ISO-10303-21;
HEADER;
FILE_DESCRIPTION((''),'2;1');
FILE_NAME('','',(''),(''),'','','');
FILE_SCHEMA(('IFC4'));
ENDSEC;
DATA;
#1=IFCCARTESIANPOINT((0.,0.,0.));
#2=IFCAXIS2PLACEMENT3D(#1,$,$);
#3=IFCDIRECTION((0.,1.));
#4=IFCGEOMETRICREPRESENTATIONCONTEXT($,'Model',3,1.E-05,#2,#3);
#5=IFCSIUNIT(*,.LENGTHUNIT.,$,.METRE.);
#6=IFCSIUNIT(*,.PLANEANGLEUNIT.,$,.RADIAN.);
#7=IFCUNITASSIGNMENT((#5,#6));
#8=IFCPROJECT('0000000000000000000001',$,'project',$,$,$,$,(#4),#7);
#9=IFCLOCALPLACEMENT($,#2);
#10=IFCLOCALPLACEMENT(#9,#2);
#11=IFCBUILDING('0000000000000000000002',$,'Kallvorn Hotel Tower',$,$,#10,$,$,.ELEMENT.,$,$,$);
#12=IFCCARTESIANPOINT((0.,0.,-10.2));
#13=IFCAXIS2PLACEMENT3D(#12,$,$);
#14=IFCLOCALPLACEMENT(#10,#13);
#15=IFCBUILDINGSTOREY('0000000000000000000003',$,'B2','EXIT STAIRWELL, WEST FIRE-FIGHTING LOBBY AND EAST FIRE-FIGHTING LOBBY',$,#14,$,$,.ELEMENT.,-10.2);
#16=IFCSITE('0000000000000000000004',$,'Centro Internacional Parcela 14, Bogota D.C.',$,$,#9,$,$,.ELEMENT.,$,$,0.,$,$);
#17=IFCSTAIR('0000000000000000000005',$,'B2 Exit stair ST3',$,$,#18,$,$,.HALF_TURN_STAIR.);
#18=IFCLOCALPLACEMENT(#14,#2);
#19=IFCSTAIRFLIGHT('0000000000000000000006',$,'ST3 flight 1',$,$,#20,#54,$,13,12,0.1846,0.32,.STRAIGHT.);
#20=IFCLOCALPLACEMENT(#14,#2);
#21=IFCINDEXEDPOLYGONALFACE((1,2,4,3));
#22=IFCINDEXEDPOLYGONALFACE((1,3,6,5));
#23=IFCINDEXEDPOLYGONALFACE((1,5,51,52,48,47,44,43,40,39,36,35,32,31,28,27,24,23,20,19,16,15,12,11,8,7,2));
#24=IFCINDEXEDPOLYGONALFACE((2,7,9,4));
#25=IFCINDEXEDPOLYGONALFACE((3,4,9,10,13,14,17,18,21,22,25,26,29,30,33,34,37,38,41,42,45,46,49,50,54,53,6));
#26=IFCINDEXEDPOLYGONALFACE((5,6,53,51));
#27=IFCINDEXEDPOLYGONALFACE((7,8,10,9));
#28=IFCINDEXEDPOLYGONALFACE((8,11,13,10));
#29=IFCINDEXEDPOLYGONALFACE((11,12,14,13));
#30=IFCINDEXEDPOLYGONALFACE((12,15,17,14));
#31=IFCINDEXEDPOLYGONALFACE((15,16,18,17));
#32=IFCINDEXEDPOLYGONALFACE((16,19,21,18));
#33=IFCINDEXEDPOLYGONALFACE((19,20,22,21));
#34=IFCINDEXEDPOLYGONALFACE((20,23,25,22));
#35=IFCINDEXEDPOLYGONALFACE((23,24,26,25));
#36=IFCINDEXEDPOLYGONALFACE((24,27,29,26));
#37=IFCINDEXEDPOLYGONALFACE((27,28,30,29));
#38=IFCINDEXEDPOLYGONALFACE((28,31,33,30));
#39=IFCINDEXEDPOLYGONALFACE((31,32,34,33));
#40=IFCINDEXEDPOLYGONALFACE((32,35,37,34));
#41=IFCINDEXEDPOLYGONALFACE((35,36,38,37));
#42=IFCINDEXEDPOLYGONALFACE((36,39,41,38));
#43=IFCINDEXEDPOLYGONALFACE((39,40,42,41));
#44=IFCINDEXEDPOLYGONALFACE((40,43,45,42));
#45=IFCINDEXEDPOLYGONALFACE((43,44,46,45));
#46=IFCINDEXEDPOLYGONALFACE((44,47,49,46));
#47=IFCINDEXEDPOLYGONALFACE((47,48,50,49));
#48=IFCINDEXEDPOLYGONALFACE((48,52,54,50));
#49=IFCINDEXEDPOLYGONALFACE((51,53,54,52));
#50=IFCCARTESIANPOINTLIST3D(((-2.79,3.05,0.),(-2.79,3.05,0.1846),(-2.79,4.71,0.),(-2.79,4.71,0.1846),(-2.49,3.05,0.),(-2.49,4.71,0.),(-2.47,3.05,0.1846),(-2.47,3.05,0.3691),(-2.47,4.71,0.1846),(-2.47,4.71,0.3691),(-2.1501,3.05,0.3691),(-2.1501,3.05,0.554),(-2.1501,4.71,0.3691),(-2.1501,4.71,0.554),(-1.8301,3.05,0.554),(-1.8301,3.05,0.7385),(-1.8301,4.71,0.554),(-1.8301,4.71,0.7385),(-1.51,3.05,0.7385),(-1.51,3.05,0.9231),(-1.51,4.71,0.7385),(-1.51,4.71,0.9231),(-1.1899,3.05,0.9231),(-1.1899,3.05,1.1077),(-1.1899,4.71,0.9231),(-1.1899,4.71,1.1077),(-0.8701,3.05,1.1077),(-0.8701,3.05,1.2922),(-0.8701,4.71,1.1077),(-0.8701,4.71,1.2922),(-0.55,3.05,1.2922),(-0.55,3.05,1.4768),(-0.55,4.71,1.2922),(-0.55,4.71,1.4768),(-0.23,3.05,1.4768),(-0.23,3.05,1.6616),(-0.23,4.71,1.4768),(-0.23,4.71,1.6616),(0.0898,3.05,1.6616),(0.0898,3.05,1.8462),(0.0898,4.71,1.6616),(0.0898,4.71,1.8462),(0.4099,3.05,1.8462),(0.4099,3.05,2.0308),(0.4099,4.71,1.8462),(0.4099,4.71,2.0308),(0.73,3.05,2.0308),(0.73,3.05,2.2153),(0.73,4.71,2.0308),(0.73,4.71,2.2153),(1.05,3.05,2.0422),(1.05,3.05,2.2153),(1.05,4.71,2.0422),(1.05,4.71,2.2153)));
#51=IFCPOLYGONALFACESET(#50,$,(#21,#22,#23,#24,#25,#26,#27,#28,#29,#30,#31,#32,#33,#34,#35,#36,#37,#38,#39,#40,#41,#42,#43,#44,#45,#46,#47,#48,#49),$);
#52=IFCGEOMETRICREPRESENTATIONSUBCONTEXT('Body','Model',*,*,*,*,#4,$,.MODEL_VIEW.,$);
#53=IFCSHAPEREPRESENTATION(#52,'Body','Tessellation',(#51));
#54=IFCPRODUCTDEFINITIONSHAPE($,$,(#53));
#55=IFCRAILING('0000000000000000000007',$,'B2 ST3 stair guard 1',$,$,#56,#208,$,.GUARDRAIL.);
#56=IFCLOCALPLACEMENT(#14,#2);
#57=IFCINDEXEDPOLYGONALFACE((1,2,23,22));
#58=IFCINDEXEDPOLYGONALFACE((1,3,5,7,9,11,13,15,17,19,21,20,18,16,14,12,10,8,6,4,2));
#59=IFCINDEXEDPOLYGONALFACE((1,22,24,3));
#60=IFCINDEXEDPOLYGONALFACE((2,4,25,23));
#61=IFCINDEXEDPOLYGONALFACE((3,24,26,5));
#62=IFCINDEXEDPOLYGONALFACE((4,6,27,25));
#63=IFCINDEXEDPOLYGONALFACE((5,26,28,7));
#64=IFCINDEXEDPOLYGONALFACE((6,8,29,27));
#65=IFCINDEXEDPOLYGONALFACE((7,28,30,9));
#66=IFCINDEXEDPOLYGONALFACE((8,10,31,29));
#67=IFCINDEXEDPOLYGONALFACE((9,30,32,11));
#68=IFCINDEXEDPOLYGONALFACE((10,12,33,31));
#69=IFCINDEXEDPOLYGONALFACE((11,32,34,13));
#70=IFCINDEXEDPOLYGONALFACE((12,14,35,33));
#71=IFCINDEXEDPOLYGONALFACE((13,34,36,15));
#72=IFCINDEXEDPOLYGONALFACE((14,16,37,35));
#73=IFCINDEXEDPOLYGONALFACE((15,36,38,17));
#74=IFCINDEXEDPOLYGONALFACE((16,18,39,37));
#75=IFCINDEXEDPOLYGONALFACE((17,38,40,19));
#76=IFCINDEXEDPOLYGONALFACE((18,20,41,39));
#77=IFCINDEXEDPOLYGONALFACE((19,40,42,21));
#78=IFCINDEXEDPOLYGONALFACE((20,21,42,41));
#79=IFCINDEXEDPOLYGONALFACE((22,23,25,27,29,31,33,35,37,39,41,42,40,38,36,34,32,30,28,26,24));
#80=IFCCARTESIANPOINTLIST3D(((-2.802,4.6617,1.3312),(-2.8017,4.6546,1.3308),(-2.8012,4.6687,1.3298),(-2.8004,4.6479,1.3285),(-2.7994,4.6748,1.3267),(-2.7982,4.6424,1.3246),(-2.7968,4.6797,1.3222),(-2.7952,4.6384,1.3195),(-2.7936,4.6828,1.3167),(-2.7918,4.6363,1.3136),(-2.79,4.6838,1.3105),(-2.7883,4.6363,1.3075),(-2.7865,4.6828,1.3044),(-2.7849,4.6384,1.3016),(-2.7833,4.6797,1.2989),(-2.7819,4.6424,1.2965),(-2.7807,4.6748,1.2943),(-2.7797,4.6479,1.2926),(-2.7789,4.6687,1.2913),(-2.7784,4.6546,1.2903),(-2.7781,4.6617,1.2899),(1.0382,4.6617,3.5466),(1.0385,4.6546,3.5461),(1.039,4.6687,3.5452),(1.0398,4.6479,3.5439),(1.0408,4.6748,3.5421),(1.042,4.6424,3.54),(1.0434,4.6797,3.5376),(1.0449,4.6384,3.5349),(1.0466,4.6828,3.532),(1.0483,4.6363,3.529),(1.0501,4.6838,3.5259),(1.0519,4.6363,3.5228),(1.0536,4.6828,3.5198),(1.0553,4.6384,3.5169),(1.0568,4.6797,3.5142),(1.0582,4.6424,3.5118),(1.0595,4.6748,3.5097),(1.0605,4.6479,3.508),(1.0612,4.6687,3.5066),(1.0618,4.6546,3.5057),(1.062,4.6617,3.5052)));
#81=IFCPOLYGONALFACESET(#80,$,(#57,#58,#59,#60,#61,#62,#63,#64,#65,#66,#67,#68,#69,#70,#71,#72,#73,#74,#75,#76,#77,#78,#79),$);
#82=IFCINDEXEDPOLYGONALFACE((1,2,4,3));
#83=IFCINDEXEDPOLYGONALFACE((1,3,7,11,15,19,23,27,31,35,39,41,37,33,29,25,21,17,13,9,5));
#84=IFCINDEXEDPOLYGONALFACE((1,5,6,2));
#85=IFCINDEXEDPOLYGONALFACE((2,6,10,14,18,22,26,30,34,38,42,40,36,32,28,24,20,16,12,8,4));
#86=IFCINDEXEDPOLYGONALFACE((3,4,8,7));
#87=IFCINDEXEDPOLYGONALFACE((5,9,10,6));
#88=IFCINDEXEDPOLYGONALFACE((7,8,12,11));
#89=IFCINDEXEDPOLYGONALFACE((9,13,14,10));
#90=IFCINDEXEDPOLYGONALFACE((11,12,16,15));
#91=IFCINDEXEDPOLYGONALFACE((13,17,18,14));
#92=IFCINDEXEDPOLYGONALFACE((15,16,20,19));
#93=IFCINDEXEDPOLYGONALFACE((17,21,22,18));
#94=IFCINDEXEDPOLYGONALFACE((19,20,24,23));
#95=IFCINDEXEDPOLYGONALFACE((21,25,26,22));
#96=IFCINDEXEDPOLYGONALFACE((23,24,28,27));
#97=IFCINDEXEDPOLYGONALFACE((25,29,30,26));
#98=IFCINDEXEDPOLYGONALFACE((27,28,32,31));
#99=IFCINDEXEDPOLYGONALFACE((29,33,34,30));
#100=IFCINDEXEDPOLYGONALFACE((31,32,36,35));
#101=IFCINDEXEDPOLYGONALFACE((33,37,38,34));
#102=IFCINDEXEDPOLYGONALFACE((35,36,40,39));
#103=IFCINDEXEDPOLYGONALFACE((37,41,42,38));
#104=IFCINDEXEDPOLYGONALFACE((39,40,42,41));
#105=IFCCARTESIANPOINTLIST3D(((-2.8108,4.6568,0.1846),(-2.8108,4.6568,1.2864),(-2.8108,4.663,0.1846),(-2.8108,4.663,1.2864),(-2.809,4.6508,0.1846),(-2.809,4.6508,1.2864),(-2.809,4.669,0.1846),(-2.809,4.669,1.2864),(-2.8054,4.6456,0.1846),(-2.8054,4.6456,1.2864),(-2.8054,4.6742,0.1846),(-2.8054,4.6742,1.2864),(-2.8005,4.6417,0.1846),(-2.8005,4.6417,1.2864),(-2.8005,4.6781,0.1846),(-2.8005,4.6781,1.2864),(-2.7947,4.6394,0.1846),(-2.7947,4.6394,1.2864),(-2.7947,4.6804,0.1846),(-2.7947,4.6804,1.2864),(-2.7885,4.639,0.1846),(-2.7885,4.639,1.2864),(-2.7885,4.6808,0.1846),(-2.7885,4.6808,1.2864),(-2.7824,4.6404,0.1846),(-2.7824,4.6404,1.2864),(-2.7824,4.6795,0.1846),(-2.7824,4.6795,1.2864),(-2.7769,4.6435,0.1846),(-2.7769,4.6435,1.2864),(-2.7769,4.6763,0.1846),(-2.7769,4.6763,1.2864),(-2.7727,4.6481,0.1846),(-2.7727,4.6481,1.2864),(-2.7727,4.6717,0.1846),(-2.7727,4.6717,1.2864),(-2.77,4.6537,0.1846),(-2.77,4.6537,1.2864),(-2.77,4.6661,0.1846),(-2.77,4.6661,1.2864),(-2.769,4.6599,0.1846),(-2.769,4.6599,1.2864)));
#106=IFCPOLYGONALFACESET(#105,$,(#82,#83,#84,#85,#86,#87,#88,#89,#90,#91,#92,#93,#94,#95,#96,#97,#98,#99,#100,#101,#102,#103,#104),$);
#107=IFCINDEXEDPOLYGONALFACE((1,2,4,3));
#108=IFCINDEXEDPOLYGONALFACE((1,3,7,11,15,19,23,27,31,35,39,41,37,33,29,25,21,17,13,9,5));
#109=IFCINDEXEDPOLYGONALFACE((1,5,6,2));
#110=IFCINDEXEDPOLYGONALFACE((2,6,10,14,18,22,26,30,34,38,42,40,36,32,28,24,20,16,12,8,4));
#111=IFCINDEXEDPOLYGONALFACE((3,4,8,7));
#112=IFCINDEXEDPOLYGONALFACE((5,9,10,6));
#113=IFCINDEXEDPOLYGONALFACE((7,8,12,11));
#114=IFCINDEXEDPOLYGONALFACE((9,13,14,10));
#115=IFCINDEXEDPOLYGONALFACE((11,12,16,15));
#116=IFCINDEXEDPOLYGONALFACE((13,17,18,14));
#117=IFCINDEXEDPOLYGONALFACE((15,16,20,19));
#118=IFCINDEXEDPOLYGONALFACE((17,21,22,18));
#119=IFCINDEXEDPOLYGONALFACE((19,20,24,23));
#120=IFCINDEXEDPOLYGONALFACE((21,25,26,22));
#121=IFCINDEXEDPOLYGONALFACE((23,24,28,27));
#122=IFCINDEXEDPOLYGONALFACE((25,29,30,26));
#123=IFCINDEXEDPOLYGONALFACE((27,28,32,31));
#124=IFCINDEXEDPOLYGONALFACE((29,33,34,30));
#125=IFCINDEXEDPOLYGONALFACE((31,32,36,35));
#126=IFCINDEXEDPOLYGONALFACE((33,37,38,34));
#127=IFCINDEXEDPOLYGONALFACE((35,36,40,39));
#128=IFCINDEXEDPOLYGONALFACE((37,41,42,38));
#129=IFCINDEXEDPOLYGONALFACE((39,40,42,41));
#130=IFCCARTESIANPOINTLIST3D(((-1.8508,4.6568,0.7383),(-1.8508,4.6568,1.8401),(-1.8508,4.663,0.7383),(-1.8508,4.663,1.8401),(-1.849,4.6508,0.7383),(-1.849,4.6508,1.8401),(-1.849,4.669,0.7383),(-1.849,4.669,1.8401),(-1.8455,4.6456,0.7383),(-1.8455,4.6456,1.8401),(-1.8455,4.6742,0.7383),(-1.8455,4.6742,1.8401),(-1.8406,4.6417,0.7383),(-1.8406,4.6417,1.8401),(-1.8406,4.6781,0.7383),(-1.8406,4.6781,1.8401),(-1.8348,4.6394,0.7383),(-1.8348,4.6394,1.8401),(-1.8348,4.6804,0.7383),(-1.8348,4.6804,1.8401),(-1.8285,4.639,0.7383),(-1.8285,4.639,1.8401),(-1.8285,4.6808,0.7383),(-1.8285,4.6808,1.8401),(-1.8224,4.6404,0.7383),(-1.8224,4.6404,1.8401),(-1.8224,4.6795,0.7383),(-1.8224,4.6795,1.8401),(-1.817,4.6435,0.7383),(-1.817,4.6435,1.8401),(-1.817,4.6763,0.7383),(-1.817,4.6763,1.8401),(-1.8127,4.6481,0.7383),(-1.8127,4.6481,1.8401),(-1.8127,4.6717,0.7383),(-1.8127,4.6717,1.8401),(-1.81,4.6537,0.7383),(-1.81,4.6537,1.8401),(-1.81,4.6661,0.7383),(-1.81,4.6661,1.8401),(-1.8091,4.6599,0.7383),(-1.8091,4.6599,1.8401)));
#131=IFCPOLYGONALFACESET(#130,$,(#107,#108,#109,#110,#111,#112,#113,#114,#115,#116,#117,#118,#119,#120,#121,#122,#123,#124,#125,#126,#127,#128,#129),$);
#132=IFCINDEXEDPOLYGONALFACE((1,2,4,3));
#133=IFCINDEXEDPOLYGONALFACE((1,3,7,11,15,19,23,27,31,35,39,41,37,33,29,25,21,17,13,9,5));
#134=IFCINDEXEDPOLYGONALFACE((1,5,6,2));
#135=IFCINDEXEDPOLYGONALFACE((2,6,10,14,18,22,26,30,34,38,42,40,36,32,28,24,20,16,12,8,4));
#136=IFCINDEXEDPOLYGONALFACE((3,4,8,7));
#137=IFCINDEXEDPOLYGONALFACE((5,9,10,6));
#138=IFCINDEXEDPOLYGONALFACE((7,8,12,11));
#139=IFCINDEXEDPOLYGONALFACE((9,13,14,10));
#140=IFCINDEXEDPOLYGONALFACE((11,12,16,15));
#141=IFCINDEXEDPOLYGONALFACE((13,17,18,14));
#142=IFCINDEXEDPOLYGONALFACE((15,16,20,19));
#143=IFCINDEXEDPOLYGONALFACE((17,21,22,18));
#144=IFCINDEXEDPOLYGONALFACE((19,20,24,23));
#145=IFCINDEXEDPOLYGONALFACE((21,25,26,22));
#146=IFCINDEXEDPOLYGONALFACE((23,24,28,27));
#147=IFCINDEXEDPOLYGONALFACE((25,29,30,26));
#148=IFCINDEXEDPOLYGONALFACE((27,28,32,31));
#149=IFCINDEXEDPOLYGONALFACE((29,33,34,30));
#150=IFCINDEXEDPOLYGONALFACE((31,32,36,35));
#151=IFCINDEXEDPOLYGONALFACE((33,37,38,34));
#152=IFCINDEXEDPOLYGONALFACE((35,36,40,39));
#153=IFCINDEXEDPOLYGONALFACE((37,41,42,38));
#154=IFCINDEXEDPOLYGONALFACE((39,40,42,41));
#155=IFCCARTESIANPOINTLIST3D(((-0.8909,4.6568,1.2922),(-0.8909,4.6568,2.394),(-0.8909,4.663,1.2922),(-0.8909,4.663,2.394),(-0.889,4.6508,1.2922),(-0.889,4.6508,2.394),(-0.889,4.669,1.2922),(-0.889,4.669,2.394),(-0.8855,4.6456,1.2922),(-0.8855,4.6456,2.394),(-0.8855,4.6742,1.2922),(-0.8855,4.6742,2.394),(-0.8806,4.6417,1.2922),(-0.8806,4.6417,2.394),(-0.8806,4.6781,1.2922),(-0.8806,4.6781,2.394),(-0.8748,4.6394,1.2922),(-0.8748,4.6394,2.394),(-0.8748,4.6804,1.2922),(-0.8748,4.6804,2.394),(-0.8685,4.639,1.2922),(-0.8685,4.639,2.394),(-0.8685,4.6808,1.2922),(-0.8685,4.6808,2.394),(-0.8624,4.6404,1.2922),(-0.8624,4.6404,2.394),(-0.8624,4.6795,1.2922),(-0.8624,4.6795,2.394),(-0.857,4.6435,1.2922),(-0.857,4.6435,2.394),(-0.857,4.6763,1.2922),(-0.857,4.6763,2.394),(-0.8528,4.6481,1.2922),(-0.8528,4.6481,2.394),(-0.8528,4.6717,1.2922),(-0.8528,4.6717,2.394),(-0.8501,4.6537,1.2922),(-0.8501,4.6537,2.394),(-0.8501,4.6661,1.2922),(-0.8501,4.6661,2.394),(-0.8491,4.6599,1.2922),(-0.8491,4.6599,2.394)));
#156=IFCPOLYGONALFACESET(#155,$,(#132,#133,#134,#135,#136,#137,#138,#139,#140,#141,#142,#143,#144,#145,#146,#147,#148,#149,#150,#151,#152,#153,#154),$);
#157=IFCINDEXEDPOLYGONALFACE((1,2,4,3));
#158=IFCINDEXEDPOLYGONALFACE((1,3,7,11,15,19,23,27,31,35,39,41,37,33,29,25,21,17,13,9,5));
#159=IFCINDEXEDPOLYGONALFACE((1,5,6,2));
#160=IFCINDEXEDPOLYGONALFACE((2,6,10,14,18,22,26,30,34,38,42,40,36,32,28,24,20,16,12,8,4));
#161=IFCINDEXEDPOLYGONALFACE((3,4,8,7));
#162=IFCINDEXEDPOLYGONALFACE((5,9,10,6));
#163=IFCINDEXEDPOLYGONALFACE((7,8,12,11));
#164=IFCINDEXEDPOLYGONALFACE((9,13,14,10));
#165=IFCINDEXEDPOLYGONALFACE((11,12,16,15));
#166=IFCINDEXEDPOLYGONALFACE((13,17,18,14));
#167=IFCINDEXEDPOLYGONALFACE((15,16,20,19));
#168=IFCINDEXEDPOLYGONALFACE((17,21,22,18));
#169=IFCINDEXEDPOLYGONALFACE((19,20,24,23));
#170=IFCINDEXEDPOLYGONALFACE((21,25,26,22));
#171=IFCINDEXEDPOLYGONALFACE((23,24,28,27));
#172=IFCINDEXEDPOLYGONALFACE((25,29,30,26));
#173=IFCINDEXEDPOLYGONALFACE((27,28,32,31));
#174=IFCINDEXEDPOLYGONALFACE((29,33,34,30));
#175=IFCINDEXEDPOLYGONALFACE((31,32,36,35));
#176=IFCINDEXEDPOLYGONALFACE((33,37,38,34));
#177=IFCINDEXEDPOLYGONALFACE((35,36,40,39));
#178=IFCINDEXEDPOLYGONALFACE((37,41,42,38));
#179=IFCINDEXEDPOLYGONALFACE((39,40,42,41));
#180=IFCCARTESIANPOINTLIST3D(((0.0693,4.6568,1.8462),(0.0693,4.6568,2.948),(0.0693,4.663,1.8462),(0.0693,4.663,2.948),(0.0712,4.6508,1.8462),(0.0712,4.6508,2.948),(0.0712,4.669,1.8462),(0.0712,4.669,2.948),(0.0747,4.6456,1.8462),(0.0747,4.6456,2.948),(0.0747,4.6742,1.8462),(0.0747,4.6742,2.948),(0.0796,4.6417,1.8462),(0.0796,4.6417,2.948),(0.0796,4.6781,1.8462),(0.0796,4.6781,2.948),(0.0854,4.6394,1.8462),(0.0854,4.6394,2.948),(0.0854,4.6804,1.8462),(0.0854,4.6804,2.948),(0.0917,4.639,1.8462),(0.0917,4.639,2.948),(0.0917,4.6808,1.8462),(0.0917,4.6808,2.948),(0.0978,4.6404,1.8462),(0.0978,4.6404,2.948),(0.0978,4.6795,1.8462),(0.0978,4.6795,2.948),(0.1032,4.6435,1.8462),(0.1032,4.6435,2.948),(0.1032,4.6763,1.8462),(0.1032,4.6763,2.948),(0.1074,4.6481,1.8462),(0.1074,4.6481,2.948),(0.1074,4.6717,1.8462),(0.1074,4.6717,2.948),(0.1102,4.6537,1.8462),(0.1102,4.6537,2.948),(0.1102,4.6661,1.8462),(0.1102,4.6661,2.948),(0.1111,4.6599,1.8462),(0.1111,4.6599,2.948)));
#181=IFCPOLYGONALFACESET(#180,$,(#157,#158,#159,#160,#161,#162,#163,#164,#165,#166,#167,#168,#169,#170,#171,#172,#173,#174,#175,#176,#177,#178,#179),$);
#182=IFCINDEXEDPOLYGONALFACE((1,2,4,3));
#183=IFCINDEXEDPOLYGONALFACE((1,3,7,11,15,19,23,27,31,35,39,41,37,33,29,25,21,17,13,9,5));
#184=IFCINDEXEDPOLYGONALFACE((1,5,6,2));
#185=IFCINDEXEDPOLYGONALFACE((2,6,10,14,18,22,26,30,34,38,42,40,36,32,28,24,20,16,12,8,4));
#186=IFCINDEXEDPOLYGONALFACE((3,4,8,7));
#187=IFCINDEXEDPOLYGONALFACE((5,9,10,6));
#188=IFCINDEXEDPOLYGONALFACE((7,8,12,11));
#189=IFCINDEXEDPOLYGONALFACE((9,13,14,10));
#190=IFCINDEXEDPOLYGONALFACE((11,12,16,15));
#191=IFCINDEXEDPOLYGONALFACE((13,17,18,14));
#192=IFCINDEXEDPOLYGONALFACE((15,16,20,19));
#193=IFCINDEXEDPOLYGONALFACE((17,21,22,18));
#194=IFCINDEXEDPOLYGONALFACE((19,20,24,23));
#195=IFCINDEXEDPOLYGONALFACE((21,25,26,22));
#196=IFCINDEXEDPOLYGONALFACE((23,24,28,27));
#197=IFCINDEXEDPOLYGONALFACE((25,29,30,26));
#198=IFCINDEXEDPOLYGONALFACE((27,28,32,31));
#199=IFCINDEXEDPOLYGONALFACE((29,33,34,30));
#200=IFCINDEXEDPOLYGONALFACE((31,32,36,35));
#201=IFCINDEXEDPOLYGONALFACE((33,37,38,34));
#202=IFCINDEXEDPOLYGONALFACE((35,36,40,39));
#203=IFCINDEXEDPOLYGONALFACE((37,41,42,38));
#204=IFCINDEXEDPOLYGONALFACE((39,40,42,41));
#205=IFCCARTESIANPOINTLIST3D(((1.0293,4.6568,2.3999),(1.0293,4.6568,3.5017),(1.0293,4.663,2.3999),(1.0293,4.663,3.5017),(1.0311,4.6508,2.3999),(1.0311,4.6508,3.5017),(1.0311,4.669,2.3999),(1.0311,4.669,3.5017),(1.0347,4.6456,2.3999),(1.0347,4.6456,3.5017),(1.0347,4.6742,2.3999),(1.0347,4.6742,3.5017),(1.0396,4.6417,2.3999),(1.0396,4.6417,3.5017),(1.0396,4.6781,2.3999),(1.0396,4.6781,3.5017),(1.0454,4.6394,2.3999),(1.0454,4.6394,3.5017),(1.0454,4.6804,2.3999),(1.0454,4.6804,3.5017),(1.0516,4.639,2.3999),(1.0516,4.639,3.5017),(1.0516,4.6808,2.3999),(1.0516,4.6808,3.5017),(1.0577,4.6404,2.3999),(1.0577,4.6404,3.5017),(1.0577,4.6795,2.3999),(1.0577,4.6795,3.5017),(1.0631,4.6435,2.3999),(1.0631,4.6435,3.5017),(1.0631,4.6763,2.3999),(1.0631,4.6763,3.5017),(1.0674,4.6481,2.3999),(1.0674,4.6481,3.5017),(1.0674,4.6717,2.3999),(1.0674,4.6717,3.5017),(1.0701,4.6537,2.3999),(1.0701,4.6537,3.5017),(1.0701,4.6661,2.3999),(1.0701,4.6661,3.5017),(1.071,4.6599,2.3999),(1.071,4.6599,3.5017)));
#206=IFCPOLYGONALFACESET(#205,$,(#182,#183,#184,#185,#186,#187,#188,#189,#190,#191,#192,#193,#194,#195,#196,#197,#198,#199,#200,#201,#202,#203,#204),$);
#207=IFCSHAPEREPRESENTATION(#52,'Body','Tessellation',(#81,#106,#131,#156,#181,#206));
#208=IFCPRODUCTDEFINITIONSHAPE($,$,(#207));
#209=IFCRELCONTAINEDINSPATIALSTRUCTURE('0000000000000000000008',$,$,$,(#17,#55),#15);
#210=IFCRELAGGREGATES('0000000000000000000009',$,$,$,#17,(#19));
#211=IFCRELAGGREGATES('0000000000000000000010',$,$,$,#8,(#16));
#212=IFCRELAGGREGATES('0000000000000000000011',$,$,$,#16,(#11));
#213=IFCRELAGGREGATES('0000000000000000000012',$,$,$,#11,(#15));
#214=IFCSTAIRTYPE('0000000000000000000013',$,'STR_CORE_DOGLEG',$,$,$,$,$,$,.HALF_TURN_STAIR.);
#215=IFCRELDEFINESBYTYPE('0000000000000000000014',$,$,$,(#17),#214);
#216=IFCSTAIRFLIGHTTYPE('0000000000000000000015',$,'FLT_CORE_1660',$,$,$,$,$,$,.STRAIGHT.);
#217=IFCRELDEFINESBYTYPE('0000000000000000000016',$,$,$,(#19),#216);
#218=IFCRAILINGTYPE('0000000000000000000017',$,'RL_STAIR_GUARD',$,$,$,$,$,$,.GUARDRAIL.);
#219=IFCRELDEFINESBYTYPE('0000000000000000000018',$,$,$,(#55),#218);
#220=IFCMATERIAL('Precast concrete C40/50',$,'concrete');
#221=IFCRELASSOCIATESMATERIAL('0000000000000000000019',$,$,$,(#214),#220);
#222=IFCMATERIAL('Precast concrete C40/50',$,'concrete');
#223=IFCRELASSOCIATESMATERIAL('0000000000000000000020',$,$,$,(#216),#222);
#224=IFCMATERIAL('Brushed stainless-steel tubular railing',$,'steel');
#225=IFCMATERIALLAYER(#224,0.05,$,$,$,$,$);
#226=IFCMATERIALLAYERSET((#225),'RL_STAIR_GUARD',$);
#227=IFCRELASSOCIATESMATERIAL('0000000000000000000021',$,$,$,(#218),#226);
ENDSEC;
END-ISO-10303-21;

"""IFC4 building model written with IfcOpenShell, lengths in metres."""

from ifc_helpers import new_model, si_unit, direction, frame, origin, origin_2d, place, context, subcontext, project, spatial, polyline, circle, outline, extrude, material, layer, layer_set, type_object, element, aggregate, save


model = new_model("IFC4")

# Units and contexts
model_context = context("Model", 3, precision=1e-05, world=origin(), true_north=direction((0.0, 1.0)))
body_context = subcontext(model_context, "Body", "Model", "MODEL_VIEW")
ifc_project = project(units=[si_unit("LENGTHUNIT", "METRE"), si_unit("PLANEANGLEUNIT", "RADIAN")], contexts=[model_context])

# Site, building, storey
site_placement = place(None, origin())
site = spatial("IfcSite", under=ifc_project, at=site_placement, Name="Centro Internacional Parcela 14, Bogota D.C.", CompositionType="ELEMENT", RefElevation=0.0)
building_placement = place(site_placement, origin())
building = spatial("IfcBuilding", under=site, at=building_placement, Name="Kallvorn Hotel Tower", CompositionType="ELEMENT")
storey_placement = place(building_placement, frame((0.0, 0.0, -10.2)))
storey = spatial("IfcBuildingStorey", under=building, at=storey_placement, Name="B2", Description="EXIT STAIRWELL, WEST FIRE-FIGHTING LOBBY AND EAST FIRE-FIGHTING LOBBY", CompositionType="ELEMENT", Elevation=-10.2)

# Stair, stair flight
ifc_material_1 = material(Name="Precast concrete C40/50", Category="concrete")
stair_type = type_object("IfcStairType", Name="STR_CORE_DOGLEG", PredefinedType="HALF_TURN_STAIR", material=ifc_material_1)
stair_placement = place(storey_placement, origin())
stair = element("IfcStair", 1, at=stair_placement, inside=storey, type_object=stair_type, Name="B2 Exit stair ST3", PredefinedType="HALF_TURN_STAIR")
ifc_material_2 = material(Name="Precast concrete C40/50", Category="concrete")
stair_flight_type = type_object("IfcStairFlightType", Name="FLT_CORE_1660", PredefinedType="STRAIGHT", material=ifc_material_2)
stair_flight_placement = place(storey_placement, frame((-2.79, 3.8799, 0.0), z_axis=(0.0, 0.0, 1.0), x_axis=(1.0, 0.0, 0.0)))
stair_flight = element("IfcStairFlight", 2, at=stair_flight_placement, type_object=stair_flight_type, Name="ST3 flight 1", NumberOfRisers=13, NumberOfTreads=12, PredefinedType="STRAIGHT", RiserHeight=0.1846, TreadLength=0.32, context=body_context, shape_type="SweptSolid", body=[
    extrude(outline(polyline([(0.0, 0.0), (0.0, 0.1846), (0.3201, 0.1846), (0.3201, 0.3691), (0.6399, 0.3691), (0.6399, 0.554), (0.96, 0.554), (0.96, 0.7385), (1.28, 0.7385), (1.28, 0.9231), (1.6001, 0.9231), (1.6001, 1.1077), (1.9199, 1.1077), (1.9199, 1.2922), (2.24, 1.2922), (2.24, 1.4768), (2.5601, 1.4768), (2.5601, 1.6616), (2.8799, 1.6616), (2.8799, 1.8462), (3.2, 1.8462), (3.2, 2.0308), (3.52, 2.0308), (3.52, 2.2153), (3.8401, 2.2153), (3.8401, 2.3999), (3.8401, 2.0422), (0.3, 0.0), (0.0, 0.0)])), frame((0.0, 0.8301, 0.0), z_axis=(0.0, -1.0, 0.0), x_axis=(1.0, 0.0, 0.0)), (0.0, 0.0, 1.0), 1.6599),
])
aggregate(stair, [stair_flight])

# Railing
ifc_material_3 = material(Name="Brushed stainless-steel tubular railing", Category="steel")
ifc_layer_1 = layer(ifc_material_3, 0.05)
ifc_layer_set_1 = layer_set([ifc_layer_1], Name="RL_STAIR_GUARD")
railing_type_1 = type_object("IfcRailingType", Name="RL_STAIR_GUARD", PredefinedType="GUARDRAIL", material=ifc_layer_set_1)
railing_1_placement = place(storey_placement, frame((-2.79, 4.6599, 0.1846)))
element("IfcRailing", 3, at=railing_1_placement, inside=storey, type_object=railing_type_1, Name="B2 ST3 stair guard 1", PredefinedType="GUARDRAIL", context=body_context, shape_type="SweptSolid", body=[
    extrude(circle(Radius=0.0239, at=origin_2d()), frame((0.0, 0.0, 1.126), z_axis=(0.866196, 0.0, 0.499705), x_axis=(0.0, 1.0, 0.0)), (0.0, 0.0, 1.0), 4.4333),
    extrude(circle(Radius=0.021, at=origin_2d()), origin(), (0.0, 0.0, 1.0), 1.1018),
    extrude(circle(Radius=0.021, at=origin_2d()), frame((0.96, 0.0, 0.5537)), (0.0, 0.0, 1.0), 1.1018),
    extrude(circle(Radius=0.021, at=origin_2d()), frame((1.9199, 0.0, 1.1077)), (0.0, 0.0, 1.0), 1.1018),
    extrude(circle(Radius=0.021, at=origin_2d()), frame((2.8801, 0.0, 1.6616)), (0.0, 0.0, 1.0), 1.1018),
    extrude(circle(Radius=0.021, at=origin_2d()), frame((3.8401, 0.0, 2.2153)), (0.0, 0.0, 1.0), 1.1018),
])

save(model, "model.ifc")
